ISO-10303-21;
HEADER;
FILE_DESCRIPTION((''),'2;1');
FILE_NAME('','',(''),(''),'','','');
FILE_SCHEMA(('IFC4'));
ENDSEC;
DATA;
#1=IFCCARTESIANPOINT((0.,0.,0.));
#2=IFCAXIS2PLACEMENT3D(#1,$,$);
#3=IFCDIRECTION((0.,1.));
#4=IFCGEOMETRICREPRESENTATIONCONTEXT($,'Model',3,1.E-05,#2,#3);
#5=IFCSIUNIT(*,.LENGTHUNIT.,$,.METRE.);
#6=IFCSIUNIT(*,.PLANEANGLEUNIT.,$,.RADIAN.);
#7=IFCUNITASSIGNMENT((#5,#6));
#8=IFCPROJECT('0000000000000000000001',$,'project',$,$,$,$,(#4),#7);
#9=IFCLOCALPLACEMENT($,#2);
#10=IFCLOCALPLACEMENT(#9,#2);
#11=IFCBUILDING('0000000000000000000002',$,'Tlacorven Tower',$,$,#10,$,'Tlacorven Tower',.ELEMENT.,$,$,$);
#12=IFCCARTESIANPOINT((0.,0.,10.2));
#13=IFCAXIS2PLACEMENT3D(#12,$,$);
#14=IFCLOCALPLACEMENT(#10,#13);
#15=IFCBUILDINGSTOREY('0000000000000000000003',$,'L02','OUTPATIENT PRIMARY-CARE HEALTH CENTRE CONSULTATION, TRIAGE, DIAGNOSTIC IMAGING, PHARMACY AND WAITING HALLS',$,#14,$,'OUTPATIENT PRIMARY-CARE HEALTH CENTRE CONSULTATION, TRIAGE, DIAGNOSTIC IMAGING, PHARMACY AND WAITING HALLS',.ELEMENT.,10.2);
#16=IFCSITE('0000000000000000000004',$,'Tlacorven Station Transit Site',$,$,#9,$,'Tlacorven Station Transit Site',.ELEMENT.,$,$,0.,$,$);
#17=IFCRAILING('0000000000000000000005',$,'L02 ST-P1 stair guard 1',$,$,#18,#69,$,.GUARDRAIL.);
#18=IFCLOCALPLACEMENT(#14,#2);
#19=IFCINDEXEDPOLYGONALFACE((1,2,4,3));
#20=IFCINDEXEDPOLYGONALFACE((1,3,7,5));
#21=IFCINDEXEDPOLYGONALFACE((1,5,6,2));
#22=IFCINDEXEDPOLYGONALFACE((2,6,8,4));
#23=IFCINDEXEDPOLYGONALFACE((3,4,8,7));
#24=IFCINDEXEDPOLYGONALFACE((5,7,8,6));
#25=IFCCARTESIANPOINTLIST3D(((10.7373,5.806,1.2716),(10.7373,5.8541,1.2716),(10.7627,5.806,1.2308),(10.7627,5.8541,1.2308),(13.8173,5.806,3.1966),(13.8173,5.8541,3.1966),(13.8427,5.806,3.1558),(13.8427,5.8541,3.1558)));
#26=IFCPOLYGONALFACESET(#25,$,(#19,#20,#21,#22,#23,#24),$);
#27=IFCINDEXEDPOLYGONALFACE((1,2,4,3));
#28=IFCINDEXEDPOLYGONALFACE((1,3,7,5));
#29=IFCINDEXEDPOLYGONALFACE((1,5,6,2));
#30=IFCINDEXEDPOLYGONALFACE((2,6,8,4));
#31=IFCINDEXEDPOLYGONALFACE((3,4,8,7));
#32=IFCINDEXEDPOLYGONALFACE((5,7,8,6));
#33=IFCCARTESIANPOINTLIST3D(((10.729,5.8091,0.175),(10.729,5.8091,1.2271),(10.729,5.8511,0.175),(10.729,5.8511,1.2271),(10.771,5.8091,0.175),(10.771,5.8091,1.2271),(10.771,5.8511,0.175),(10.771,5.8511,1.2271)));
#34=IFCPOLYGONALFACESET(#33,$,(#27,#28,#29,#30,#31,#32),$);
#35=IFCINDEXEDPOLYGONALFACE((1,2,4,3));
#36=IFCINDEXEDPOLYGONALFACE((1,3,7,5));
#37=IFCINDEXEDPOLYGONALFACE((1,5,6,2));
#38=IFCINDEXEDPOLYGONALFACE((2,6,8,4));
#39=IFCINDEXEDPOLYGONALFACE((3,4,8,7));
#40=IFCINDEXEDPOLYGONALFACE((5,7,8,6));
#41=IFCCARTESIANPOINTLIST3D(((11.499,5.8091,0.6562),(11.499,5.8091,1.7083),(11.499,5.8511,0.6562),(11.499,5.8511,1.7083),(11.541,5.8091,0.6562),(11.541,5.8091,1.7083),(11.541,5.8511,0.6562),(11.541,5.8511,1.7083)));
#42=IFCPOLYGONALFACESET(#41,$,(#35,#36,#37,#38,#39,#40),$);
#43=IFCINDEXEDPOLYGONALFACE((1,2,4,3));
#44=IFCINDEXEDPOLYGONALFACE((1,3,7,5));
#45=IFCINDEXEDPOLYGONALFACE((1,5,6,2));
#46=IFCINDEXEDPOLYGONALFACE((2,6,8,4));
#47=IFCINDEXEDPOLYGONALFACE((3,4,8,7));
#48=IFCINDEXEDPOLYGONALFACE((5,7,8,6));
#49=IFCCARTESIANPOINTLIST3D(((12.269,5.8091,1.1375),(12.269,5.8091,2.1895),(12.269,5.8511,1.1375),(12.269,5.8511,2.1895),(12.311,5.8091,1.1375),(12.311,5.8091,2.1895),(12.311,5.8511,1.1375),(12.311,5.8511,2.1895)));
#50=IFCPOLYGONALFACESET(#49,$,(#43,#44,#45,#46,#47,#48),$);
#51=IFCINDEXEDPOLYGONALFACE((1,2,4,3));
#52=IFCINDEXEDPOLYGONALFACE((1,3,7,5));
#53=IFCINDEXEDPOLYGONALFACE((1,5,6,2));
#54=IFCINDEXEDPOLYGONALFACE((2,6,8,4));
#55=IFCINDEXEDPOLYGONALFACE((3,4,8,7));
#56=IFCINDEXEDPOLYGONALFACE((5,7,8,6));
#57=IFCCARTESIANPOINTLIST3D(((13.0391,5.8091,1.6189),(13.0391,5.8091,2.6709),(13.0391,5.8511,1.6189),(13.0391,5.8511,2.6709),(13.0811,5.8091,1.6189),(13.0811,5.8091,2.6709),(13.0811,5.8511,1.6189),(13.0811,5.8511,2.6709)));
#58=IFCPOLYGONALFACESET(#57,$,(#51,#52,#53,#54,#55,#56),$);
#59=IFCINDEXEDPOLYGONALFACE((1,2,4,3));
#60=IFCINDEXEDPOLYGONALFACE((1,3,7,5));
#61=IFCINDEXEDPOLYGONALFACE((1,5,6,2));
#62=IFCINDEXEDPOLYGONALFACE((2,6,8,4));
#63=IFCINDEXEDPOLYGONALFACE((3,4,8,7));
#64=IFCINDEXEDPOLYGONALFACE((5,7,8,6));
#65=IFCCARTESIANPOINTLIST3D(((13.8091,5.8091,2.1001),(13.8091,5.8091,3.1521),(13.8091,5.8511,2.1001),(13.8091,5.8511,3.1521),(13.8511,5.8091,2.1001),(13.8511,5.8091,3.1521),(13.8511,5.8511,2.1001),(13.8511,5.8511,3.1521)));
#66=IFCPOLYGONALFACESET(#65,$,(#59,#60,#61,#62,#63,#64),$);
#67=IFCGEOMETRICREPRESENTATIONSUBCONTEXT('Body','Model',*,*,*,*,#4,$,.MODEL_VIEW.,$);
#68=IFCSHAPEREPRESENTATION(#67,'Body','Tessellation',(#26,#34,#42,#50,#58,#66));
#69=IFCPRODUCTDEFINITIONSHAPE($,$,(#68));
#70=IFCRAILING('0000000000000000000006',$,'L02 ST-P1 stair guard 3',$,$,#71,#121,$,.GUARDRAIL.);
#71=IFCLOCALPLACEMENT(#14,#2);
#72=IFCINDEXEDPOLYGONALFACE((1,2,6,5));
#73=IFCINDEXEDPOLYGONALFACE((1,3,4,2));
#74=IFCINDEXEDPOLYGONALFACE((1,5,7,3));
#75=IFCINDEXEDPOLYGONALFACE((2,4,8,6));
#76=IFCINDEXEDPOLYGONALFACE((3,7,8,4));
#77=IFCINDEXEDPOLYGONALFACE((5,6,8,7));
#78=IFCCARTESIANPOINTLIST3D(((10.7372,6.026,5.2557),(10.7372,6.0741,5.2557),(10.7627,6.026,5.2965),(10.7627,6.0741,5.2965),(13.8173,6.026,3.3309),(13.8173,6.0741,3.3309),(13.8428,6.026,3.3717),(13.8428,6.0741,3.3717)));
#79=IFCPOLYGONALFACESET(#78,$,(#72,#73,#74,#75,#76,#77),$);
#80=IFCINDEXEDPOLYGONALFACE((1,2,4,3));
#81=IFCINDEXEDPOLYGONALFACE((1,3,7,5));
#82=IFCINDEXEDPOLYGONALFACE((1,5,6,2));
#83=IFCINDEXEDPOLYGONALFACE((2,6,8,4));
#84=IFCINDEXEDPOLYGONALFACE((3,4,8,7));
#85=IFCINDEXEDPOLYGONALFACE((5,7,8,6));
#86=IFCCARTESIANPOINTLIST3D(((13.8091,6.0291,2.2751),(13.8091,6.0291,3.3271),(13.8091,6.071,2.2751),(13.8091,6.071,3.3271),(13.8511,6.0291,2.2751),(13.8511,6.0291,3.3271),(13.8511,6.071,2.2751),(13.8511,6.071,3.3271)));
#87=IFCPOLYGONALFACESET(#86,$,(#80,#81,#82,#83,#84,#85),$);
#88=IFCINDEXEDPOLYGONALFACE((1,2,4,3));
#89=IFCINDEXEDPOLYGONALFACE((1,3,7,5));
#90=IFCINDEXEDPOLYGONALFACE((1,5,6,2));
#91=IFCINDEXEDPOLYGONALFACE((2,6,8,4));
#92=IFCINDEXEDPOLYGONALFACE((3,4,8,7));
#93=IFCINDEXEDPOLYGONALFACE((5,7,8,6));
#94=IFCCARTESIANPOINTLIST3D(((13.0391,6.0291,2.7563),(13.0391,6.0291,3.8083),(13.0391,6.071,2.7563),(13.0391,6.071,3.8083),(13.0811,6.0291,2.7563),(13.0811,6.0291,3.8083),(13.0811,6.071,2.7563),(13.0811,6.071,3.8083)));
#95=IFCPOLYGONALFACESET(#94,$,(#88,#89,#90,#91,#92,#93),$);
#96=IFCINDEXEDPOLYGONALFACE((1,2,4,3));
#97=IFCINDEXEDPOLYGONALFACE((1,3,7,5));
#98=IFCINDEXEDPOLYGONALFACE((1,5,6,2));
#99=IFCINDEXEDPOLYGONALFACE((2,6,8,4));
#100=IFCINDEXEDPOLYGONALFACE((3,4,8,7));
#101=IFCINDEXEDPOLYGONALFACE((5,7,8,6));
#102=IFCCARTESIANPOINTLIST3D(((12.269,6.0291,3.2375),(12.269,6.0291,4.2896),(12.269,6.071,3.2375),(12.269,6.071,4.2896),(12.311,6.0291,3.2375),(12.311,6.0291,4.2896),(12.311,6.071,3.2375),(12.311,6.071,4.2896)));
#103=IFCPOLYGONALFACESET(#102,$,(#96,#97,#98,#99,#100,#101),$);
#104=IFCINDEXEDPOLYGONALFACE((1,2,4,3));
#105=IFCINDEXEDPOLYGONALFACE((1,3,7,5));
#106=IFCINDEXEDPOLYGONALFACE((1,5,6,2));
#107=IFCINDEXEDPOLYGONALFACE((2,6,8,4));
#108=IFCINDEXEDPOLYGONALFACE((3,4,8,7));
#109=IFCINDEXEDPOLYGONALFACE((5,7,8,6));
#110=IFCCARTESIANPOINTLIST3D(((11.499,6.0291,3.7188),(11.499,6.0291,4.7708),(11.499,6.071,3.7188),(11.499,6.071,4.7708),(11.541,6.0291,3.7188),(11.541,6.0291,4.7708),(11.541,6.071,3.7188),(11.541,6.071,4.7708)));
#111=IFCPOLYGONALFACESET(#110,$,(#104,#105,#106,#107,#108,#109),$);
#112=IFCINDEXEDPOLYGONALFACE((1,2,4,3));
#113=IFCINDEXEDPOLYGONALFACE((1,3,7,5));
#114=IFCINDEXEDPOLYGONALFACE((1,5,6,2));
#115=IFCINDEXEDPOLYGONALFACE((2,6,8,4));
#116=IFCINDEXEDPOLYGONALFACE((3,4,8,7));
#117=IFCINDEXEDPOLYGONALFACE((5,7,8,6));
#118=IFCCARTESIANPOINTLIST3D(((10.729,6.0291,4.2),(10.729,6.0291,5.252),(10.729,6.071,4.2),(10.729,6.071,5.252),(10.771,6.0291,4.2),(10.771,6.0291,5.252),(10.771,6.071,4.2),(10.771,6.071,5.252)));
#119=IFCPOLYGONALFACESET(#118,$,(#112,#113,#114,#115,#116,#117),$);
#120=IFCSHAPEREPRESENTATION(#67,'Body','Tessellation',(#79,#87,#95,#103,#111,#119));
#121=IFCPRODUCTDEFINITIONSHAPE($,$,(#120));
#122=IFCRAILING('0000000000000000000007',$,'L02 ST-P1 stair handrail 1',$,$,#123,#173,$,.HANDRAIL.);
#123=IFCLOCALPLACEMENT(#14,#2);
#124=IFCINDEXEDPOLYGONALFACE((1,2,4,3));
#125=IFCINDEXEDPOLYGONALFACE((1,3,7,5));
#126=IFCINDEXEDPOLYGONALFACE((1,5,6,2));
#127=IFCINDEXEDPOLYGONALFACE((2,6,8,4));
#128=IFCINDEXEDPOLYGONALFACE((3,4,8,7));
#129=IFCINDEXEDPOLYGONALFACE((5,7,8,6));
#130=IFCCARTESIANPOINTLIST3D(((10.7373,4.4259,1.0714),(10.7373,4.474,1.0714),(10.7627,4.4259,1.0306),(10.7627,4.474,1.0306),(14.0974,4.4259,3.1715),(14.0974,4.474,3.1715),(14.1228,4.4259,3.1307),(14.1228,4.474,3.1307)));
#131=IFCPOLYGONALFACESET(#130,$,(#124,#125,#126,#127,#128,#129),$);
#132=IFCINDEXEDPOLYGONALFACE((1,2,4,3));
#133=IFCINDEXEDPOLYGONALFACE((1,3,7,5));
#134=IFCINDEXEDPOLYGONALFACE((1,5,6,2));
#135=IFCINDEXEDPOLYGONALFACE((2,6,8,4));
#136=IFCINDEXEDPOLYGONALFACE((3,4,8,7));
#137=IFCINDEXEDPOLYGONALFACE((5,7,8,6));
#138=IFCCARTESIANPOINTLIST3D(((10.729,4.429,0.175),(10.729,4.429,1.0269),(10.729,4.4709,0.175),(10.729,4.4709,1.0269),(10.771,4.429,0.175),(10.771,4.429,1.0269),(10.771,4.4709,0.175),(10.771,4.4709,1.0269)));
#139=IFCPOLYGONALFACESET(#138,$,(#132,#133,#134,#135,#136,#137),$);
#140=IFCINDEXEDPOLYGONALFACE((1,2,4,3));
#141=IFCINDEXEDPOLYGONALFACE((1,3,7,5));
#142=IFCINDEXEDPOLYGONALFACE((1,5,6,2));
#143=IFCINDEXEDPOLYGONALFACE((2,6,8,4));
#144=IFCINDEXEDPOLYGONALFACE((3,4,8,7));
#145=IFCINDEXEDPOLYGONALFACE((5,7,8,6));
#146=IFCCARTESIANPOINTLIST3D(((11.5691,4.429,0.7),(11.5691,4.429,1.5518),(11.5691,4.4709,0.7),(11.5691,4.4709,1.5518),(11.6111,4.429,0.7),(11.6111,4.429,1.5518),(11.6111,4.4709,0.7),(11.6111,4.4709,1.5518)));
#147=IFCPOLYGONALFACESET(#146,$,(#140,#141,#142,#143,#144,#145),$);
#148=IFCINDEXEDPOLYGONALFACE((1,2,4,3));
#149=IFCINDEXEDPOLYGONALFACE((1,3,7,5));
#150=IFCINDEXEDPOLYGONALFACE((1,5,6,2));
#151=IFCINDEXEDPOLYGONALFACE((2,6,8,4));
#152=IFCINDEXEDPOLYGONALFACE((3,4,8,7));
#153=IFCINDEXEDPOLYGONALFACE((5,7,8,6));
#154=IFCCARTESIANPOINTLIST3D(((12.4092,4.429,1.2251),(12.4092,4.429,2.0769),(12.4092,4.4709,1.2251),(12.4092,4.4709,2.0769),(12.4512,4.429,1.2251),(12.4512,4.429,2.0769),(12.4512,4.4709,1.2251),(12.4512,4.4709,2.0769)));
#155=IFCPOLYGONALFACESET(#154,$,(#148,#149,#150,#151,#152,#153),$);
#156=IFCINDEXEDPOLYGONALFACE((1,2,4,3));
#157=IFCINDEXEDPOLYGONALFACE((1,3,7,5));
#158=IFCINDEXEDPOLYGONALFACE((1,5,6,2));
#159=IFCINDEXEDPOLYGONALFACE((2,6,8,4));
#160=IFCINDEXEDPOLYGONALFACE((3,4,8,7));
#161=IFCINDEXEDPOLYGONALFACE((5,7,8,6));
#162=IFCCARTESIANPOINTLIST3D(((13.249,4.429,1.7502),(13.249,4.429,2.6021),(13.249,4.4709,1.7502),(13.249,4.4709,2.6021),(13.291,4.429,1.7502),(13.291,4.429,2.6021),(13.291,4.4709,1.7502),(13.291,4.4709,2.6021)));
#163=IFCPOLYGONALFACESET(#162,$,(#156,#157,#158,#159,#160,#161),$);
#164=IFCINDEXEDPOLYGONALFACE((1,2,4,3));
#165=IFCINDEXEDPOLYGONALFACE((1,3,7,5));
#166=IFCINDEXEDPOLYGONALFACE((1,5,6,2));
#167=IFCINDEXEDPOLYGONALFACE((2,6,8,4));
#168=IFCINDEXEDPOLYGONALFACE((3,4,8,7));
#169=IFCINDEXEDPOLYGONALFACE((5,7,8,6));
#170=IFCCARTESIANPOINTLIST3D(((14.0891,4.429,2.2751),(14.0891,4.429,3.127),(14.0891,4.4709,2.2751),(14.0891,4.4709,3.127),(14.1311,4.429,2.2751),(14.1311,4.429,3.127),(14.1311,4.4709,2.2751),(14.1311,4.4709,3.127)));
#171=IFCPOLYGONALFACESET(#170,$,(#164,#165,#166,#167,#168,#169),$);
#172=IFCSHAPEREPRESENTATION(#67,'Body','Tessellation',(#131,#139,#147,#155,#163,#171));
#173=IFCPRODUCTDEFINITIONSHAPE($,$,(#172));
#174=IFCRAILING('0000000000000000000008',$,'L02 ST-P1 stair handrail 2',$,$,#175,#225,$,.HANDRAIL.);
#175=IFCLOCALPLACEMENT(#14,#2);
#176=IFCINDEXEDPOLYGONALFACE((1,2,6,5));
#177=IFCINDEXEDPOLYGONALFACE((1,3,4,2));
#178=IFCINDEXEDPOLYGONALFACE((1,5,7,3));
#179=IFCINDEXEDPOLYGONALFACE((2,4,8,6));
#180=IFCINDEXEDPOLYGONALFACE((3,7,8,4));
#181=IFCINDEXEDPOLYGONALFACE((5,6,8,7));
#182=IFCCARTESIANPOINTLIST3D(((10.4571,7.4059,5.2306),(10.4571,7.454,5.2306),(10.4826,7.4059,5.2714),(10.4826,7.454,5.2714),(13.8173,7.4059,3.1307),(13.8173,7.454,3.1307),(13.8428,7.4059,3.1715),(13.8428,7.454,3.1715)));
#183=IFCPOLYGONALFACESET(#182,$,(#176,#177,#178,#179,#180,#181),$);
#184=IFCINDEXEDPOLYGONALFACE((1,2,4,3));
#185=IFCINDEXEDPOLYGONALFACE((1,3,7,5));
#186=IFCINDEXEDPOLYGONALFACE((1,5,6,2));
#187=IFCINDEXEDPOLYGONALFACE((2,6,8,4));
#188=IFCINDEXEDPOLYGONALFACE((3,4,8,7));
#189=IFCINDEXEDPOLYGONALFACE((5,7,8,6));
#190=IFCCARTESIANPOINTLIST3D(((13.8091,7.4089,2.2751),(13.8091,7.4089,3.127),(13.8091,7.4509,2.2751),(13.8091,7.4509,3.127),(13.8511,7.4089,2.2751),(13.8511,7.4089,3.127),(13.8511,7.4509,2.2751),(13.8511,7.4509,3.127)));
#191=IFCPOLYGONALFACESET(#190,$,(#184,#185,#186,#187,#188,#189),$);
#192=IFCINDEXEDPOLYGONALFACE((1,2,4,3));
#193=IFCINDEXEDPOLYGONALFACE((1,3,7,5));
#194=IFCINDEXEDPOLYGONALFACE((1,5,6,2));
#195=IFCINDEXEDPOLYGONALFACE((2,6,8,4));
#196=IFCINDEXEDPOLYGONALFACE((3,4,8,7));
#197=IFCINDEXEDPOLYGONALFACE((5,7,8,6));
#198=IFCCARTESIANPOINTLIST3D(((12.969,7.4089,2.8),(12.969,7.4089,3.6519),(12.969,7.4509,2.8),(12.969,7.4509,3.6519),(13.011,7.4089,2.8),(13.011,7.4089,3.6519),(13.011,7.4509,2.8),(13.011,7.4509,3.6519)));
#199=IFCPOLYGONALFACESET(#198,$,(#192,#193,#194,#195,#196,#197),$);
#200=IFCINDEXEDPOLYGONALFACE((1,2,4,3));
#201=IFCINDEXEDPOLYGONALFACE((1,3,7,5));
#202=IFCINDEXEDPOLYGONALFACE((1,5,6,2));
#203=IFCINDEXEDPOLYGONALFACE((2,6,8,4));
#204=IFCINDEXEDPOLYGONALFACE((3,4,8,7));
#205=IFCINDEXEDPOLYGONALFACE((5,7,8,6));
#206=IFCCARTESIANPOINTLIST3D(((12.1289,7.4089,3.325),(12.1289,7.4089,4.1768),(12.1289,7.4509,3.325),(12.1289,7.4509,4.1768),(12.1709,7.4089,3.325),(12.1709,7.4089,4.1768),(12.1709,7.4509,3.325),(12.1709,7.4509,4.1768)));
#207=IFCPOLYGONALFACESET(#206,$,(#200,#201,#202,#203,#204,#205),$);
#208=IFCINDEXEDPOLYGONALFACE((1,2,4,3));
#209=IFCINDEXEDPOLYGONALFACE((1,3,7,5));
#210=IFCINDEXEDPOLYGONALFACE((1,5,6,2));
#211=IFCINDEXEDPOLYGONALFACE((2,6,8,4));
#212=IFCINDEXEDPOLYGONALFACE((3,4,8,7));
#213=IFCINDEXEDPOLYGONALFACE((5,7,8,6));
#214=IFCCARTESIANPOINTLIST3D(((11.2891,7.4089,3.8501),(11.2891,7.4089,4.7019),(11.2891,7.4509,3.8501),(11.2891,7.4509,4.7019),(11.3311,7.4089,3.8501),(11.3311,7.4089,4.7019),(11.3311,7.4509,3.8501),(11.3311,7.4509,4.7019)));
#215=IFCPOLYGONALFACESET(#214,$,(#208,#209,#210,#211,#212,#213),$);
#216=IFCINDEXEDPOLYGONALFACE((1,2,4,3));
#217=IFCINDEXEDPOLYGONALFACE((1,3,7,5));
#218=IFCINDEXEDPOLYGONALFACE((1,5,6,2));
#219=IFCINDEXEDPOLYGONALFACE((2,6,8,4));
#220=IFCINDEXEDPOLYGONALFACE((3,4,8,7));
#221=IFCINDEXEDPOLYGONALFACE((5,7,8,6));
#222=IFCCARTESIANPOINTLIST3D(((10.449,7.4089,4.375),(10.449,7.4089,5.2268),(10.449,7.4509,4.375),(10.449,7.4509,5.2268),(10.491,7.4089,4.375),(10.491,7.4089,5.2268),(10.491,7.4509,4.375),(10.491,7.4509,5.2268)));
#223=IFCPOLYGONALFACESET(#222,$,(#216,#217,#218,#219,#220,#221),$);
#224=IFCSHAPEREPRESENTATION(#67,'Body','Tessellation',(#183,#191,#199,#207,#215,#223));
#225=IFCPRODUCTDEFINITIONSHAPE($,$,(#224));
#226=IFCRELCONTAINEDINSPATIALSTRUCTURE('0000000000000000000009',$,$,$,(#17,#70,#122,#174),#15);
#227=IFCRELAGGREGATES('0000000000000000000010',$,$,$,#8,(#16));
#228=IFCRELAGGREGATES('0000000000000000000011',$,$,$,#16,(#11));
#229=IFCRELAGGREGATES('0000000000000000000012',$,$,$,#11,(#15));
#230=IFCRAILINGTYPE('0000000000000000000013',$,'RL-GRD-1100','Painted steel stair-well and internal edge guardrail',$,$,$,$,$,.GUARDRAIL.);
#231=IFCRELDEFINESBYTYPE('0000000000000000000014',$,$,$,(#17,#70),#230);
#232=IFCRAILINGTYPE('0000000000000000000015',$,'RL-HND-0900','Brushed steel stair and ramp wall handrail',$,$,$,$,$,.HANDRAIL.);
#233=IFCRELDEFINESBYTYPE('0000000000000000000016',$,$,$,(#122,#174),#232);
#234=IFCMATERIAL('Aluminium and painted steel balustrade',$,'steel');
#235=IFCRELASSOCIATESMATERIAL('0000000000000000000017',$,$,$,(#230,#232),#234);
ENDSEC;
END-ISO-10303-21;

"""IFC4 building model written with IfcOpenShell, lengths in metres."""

from ifc_helpers import new_model, si_unit, direction, frame, origin, origin_2d, place, context, subcontext, project, spatial, rectangle, extrude, source, transform, mapped, material, type_object, element, save


model = new_model("IFC4")

# Units and contexts
model_context = context("Model", 3, precision=1e-05, world=origin(), true_north=direction((0.0, 1.0)))
body_context = subcontext(model_context, "Body", "Model", "MODEL_VIEW")
ifc_project = project(units=[si_unit("LENGTHUNIT", "METRE"), si_unit("PLANEANGLEUNIT", "RADIAN")], contexts=[model_context])

# Site, building, storey
site_placement = place(None, origin())
site = spatial("IfcSite", under=ifc_project, at=site_placement, Name="Tlacorven Station Transit Site", LongName="Tlacorven Station Transit Site", CompositionType="ELEMENT", RefElevation=0.0)
building_placement = place(site_placement, origin())
building = spatial("IfcBuilding", under=site, at=building_placement, Name="Tlacorven Tower", LongName="Tlacorven Tower", CompositionType="ELEMENT")
storey_placement = place(building_placement, frame((0.0, 0.0, 10.2)))
storey = spatial("IfcBuildingStorey", under=building, at=storey_placement, Name="L02", Description="OUTPATIENT PRIMARY-CARE HEALTH CENTRE CONSULTATION, TRIAGE, DIAGNOSTIC IMAGING, PHARMACY AND WAITING HALLS", LongName="OUTPATIENT PRIMARY-CARE HEALTH CENTRE CONSULTATION, TRIAGE, DIAGNOSTIC IMAGING, PHARMACY AND WAITING HALLS", CompositionType="ELEMENT", Elevation=10.2)

# Railings
ifc_material_1 = material(Name="Aluminium and painted steel balustrade", Category="steel")
railing_type_1 = type_object("IfcRailingType", Name="RL-GRD-1100", Description="Painted steel stair-well and internal edge guardrail", PredefinedType="GUARDRAIL", material=ifc_material_1)
railing_type_2 = type_object("IfcRailingType", Name="RL-HND-0900", Description="Brushed steel stair and ramp wall handrail", PredefinedType="HANDRAIL", material=ifc_material_1)
shared_shape_1 = source(origin(), body_context, "Body", "SweptSolid", [
    extrude(rectangle(XDim=0.0481, YDim=0.0481, at=origin_2d()), frame((0.0, 0.0, 1.0762), z_axis=(0.847998, 0.0, 0.529999), x_axis=(0.0, 1.0, 0.0)), (0.0, 0.0, 1.0), 3.6321),
    extrude(rectangle(XDim=0.042, YDim=0.042, at=origin_2d()), origin(), (0.0, 0.0, 1.0), 1.052),
    extrude(rectangle(XDim=0.042, YDim=0.042, at=origin_2d()), frame((0.77, 0.0, 0.4812)), (0.0, 0.0, 1.0), 1.052),
    extrude(rectangle(XDim=0.042, YDim=0.042, at=origin_2d()), frame((1.54, 0.0, 0.9624)), (0.0, 0.0, 1.0), 1.052),
    extrude(rectangle(XDim=0.042, YDim=0.042, at=origin_2d()), frame((2.3101, 0.0, 1.4438)), (0.0, 0.0, 1.0), 1.052),
    extrude(rectangle(XDim=0.042, YDim=0.042, at=origin_2d()), frame((3.0801, 0.0, 1.925)), (0.0, 0.0, 1.0), 1.052),
])
railing_1_placement = place(storey_placement, frame((10.75, 5.8301, 0.175)))
element("IfcRailing", 1, at=railing_1_placement, inside=storey, type_object=railing_type_1, Name="L02 ST-P1 stair guard 1", PredefinedType="GUARDRAIL", context=body_context, shape_type="MappedRepresentation", body=[
    mapped(shared_shape_1, transform((0.0, 0.0, 0.0), scale=1.0)),
])
shared_shape_2 = source(origin(), body_context, "Body", "SweptSolid", [
    extrude(rectangle(XDim=0.0481, YDim=0.0481, at=origin_2d()), frame((0.0, 0.0, 1.0762), z_axis=(-0.848029, 0.0, 0.529951), x_axis=(0.0, -1.0, 0.0)), (0.0, 0.0, 1.0), 3.6321),
    extrude(rectangle(XDim=0.042, YDim=0.042, at=origin_2d()), origin(), (0.0, 0.0, 1.0), 1.052),
    extrude(rectangle(XDim=0.042, YDim=0.042, at=origin_2d()), frame((-0.77, 0.0, 0.4812)), (0.0, 0.0, 1.0), 1.052),
    extrude(rectangle(XDim=0.042, YDim=0.042, at=origin_2d()), frame((-1.54, 0.0, 0.9624)), (0.0, 0.0, 1.0), 1.052),
    extrude(rectangle(XDim=0.042, YDim=0.042, at=origin_2d()), frame((-2.3101, 0.0, 1.4436)), (0.0, 0.0, 1.0), 1.052),
    extrude(rectangle(XDim=0.042, YDim=0.042, at=origin_2d()), frame((-3.0801, 0.0, 1.9248)), (0.0, 0.0, 1.0), 1.052),
])
railing_2_placement = place(storey_placement, frame((13.8301, 6.05, 2.2751)))
element("IfcRailing", 2, at=railing_2_placement, inside=storey, type_object=railing_type_1, Name="L02 ST-P1 stair guard 3", PredefinedType="GUARDRAIL", context=body_context, shape_type="MappedRepresentation", body=[
    mapped(shared_shape_2, transform((0.0, 0.0, 0.0), scale=1.0)),
])
shared_shape_3 = source(origin(), body_context, "Body", "SweptSolid", [
    extrude(rectangle(XDim=0.0481, YDim=0.0481, at=origin_2d()), frame((0.0, 0.0, 0.876), z_axis=(0.847995, 0.0, 0.530004), x_axis=(0.0, 1.0, 0.0)), (0.0, 0.0, 1.0), 3.9624),
    extrude(rectangle(XDim=0.042, YDim=0.042, at=origin_2d()), origin(), (0.0, 0.0, 1.0), 0.8518),
    extrude(rectangle(XDim=0.042, YDim=0.042, at=origin_2d()), frame((0.8401, 0.0, 0.5249)), (0.0, 0.0, 1.0), 0.8518),
    extrude(rectangle(XDim=0.042, YDim=0.042, at=origin_2d()), frame((1.6802, 0.0, 1.05)), (0.0, 0.0, 1.0), 0.8518),
    extrude(rectangle(XDim=0.042, YDim=0.042, at=origin_2d()), frame((2.52, 0.0, 1.5752)), (0.0, 0.0, 1.0), 0.8518),
    extrude(rectangle(XDim=0.042, YDim=0.042, at=origin_2d()), frame((3.3601, 0.0, 2.1001)), (0.0, 0.0, 1.0), 0.8518),
])
railing_3_placement = place(storey_placement, frame((10.75, 4.45, 0.175)))
element("IfcRailing", 3, at=railing_3_placement, inside=storey, type_object=railing_type_2, Name="L02 ST-P1 stair handrail 1", PredefinedType="HANDRAIL", context=body_context, shape_type="MappedRepresentation", body=[
    mapped(shared_shape_3, transform((0.0, 0.0, 0.0), scale=1.0)),
])
shared_shape_4 = source(origin(), body_context, "Body", "SweptSolid", [
    extrude(rectangle(XDim=0.0481, YDim=0.0481, at=origin_2d()), frame((0.0, 0.0, 0.876), z_axis=(-0.848023, 0.0, 0.52996), x_axis=(0.0, -1.0, 0.0)), (0.0, 0.0, 1.0), 3.9624),
    extrude(rectangle(XDim=0.042, YDim=0.042, at=origin_2d()), origin(), (0.0, 0.0, 1.0), 0.8518),
    extrude(rectangle(XDim=0.042, YDim=0.042, at=origin_2d()), frame((-0.8401, 0.0, 0.5249)), (0.0, 0.0, 1.0), 0.8518),
    extrude(rectangle(XDim=0.042, YDim=0.042, at=origin_2d()), frame((-1.6802, 0.0, 1.0498)), (0.0, 0.0, 1.0), 0.8518),
    extrude(rectangle(XDim=0.042, YDim=0.042, at=origin_2d()), frame((-2.52, 0.0, 1.575)), (0.0, 0.0, 1.0), 0.8518),
    extrude(rectangle(XDim=0.042, YDim=0.042, at=origin_2d()), frame((-3.3601, 0.0, 2.0999)), (0.0, 0.0, 1.0), 0.8518),
])
railing_4_placement = place(storey_placement, frame((13.8301, 7.4299, 2.2751)))
element("IfcRailing", 4, at=railing_4_placement, inside=storey, type_object=railing_type_2, Name="L02 ST-P1 stair handrail 2", PredefinedType="HANDRAIL", context=body_context, shape_type="MappedRepresentation", body=[
    mapped(shared_shape_4, transform((0.0, 0.0, 0.0), scale=1.0)),
])

save(model, "model.ifc")
